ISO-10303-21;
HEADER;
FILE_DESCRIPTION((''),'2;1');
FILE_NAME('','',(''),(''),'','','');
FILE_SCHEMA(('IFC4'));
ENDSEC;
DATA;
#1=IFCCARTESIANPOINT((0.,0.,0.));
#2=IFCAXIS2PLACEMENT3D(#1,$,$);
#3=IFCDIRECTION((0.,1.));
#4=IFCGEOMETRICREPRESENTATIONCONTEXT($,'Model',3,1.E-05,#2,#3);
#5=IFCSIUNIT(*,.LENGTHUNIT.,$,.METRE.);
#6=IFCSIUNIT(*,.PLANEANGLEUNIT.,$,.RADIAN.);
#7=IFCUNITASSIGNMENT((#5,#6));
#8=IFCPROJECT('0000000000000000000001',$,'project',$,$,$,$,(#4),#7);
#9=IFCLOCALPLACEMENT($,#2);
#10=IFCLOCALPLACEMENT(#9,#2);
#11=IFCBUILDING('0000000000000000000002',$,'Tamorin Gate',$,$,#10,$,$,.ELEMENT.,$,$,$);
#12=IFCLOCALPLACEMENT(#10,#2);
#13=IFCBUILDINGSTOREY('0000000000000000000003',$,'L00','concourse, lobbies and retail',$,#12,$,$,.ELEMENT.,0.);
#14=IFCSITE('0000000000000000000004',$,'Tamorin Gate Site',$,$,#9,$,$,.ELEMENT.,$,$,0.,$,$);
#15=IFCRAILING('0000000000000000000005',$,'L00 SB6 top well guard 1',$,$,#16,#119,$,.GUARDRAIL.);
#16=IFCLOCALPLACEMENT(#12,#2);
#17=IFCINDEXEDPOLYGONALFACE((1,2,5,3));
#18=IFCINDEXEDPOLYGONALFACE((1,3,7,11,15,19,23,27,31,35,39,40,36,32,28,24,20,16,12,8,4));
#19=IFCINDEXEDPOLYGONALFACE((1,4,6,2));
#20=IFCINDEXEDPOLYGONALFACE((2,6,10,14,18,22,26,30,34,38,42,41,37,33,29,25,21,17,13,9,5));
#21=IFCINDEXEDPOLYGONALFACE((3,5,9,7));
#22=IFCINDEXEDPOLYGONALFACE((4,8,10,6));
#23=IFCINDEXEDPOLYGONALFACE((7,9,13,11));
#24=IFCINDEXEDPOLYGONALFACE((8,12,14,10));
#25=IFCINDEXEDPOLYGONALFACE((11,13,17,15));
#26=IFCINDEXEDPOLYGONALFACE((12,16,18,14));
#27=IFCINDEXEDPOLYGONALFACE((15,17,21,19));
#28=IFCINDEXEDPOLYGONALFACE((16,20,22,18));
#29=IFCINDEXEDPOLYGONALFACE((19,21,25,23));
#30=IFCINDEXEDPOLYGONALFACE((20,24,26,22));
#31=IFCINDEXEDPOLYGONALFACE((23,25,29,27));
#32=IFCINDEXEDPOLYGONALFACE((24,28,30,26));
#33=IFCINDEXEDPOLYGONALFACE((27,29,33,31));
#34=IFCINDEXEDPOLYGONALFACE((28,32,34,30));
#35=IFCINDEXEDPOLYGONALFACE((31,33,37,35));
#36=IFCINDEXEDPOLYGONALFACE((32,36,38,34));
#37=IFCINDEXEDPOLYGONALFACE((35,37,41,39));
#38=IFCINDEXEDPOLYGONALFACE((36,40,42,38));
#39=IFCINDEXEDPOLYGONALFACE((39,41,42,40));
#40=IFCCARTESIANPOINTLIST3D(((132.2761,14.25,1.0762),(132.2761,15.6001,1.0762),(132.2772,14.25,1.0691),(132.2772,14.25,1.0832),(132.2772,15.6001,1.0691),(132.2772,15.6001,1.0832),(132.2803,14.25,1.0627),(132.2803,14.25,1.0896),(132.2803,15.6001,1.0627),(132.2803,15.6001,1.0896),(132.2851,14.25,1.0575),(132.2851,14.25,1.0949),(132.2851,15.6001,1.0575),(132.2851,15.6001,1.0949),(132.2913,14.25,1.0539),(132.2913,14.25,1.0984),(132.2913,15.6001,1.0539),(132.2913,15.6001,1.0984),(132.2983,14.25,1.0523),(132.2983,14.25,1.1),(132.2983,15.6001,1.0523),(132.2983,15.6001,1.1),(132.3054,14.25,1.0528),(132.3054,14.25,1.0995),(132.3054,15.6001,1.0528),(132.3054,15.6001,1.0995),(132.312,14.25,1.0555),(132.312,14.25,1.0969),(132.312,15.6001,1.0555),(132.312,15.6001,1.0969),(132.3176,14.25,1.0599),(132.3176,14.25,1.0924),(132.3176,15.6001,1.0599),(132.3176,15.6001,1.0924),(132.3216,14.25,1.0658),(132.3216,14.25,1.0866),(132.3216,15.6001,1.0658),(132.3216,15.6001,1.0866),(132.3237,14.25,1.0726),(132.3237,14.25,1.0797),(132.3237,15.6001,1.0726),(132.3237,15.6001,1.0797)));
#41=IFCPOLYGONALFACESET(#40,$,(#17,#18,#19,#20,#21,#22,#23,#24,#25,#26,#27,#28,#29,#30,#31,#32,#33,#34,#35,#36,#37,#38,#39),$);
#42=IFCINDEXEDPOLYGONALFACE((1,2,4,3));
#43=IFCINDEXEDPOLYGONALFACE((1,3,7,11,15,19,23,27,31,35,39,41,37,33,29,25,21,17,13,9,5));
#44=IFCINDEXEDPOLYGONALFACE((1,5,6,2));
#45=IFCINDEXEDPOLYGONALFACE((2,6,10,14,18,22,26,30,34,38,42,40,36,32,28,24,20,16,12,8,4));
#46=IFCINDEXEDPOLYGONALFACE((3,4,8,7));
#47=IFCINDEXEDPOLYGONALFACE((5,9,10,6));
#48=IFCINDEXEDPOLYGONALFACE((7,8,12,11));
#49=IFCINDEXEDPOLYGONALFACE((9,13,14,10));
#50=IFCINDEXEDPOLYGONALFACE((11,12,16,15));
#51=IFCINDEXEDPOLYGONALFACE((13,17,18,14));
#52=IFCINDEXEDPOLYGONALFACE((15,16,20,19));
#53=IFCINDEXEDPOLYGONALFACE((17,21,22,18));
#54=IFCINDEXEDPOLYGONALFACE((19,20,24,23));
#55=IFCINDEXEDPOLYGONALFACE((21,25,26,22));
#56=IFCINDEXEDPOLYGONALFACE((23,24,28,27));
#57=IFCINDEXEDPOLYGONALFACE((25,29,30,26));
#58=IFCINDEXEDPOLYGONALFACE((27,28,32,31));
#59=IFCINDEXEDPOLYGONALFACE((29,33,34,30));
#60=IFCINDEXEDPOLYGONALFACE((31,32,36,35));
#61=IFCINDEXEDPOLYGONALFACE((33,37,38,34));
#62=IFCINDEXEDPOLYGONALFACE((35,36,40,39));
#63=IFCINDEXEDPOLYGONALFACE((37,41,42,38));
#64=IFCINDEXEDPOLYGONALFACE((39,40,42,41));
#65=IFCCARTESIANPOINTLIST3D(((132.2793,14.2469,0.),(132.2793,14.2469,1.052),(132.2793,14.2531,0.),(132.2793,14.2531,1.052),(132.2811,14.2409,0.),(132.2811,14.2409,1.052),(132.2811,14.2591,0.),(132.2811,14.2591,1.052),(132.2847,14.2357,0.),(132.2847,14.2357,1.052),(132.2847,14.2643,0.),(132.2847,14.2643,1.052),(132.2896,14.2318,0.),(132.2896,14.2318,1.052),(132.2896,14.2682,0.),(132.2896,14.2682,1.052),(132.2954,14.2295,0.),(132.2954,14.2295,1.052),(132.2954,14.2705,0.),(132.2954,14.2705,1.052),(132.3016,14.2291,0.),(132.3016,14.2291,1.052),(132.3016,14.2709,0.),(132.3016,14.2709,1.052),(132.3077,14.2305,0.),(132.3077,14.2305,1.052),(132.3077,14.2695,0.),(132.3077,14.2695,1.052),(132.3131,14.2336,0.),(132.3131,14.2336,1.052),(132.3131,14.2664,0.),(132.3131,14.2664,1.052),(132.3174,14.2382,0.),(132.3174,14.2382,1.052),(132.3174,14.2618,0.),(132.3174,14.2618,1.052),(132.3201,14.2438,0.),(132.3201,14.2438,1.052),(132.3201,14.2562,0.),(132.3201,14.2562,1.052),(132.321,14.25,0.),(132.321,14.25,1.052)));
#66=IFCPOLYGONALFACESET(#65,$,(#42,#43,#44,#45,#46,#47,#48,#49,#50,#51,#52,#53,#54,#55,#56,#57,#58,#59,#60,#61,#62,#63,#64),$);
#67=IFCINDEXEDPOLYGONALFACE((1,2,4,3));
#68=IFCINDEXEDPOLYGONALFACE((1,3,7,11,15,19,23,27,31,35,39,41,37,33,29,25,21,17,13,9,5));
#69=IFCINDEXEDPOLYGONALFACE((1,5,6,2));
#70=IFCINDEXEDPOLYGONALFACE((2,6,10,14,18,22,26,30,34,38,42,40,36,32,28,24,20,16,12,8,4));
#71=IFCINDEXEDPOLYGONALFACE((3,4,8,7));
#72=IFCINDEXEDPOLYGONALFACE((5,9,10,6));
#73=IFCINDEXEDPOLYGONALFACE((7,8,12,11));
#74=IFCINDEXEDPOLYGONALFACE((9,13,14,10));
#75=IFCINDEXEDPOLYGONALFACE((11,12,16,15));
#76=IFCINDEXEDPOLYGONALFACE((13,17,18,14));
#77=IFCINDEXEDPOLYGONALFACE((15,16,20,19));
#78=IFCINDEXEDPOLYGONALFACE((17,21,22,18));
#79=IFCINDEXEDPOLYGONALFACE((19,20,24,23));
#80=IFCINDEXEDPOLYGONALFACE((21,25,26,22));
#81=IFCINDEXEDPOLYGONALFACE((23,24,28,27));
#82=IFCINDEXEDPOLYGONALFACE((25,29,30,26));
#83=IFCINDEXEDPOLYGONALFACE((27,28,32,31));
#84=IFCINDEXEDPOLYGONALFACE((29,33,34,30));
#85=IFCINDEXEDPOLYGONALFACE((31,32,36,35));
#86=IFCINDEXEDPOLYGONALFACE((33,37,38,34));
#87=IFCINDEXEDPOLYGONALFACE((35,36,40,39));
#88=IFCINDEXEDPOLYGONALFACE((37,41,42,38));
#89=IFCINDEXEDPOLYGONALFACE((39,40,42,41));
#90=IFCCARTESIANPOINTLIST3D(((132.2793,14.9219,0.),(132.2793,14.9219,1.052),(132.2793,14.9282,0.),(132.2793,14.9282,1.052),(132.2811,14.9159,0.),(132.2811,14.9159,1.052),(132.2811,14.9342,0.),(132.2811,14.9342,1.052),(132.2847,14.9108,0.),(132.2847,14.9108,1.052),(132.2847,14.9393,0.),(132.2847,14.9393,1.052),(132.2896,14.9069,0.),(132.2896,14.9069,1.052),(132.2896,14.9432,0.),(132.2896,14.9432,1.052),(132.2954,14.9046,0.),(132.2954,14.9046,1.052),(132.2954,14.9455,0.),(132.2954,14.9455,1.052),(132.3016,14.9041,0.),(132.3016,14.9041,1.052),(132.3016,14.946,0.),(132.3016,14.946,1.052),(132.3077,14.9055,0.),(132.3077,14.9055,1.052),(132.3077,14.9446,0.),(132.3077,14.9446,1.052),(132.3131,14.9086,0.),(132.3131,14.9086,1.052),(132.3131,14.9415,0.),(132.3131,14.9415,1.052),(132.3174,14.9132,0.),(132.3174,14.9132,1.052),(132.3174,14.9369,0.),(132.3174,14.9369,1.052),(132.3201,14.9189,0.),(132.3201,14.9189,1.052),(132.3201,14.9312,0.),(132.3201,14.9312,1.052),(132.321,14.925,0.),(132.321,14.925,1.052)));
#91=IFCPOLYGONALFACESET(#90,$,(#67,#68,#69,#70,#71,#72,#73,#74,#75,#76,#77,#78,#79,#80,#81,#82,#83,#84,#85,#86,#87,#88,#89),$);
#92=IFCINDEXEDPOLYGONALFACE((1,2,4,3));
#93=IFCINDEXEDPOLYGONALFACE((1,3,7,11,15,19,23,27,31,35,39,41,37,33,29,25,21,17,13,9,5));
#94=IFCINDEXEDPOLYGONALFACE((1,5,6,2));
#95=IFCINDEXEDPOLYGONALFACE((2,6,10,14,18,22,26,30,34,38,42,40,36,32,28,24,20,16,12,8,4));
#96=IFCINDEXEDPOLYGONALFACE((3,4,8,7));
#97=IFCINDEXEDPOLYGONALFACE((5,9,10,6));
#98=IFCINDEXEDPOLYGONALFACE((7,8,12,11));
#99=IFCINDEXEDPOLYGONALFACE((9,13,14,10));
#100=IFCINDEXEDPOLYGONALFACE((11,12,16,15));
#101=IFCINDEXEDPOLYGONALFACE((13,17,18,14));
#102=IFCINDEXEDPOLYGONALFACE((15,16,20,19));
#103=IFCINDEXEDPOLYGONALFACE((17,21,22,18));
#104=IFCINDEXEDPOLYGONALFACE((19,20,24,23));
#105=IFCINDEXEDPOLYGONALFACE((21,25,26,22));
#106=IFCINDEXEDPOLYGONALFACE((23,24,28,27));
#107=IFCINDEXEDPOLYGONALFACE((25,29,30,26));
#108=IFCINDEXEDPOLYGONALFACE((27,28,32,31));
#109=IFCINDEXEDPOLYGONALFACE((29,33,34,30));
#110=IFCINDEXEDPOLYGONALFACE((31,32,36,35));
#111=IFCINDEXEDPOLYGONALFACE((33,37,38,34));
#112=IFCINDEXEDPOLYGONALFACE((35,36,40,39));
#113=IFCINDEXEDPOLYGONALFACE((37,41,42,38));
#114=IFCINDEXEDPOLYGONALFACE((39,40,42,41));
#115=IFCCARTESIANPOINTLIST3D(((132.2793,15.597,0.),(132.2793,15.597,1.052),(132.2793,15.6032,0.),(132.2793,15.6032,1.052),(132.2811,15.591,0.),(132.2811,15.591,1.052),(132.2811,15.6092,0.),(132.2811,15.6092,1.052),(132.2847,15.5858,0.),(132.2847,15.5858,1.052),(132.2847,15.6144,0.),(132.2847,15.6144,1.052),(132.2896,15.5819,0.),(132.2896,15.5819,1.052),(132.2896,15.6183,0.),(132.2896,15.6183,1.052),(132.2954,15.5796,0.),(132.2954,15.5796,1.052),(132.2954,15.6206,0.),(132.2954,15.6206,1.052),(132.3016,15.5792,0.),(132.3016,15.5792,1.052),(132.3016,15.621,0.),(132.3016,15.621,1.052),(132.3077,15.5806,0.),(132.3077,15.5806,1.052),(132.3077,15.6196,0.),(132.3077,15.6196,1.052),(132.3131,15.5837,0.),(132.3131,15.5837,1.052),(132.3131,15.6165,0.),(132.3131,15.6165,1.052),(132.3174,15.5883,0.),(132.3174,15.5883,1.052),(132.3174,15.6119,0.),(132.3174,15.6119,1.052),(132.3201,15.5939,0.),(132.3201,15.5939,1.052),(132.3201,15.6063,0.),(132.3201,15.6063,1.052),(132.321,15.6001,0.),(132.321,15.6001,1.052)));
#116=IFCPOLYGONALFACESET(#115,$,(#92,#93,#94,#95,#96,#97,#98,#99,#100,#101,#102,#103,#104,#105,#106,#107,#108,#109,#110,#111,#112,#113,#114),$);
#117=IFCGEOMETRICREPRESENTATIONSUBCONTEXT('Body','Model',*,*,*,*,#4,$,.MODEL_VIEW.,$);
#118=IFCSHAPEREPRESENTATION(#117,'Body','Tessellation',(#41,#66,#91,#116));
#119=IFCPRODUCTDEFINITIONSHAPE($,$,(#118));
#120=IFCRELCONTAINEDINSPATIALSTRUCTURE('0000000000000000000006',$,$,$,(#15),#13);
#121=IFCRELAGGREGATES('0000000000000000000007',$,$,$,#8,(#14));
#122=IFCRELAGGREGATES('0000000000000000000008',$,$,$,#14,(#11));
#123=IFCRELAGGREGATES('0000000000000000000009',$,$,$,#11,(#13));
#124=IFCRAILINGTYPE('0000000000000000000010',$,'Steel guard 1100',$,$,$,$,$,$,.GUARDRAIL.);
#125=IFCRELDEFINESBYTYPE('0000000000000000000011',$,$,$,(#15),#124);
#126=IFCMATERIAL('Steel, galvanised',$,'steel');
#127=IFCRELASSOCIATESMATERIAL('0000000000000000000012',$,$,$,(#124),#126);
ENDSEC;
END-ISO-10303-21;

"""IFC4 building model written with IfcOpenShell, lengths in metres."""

from ifc_helpers import new_model, si_unit, direction, frame, origin, origin_2d, place, context, subcontext, project, spatial, circle, extrude, material, type_object, element, save


model = new_model("IFC4")

# Units and contexts
model_context = context("Model", 3, precision=1e-05, world=origin(), true_north=direction((0.0, 1.0)))
body_context = subcontext(model_context, "Body", "Model", "MODEL_VIEW")
ifc_project = project(units=[si_unit("LENGTHUNIT", "METRE"), si_unit("PLANEANGLEUNIT", "RADIAN")], contexts=[model_context])

# Site, building, storey
site_placement = place(None, origin())
site = spatial("IfcSite", under=ifc_project, at=site_placement, Name="Tamorin Gate Site", CompositionType="ELEMENT", RefElevation=0.0)
building_placement = place(site_placement, origin())
building = spatial("IfcBuilding", under=site, at=building_placement, Name="Tamorin Gate", CompositionType="ELEMENT")
storey_placement = place(building_placement, origin())
storey = spatial("IfcBuildingStorey", under=building, at=storey_placement, Name="L00", Description="concourse, lobbies and retail", CompositionType="ELEMENT", Elevation=0.0)

# Railing
ifc_material_1 = material(Name="Steel, galvanised", Category="steel")
railing_type = type_object("IfcRailingType", Name="Steel guard 1100", PredefinedType="GUARDRAIL", material=ifc_material_1)
railing_1_placement = place(storey_placement, frame((132.3, 14.25, 0.0)))
element("IfcRailing", 1, at=railing_1_placement, inside=storey, type_object=railing_type, Name="L00 SB6 top well guard 1", PredefinedType="GUARDRAIL", context=body_context, shape_type="SweptSolid", body=[
    extrude(circle(Radius=0.0239, at=origin_2d()), frame((0.0, 0.0, 1.0762), z_axis=(0.0, 1.0, 0.0), x_axis=(-1.0, 0.0, 0.0)), (0.0, 0.0, 1.0), 1.3501),
    extrude(circle(Radius=0.021, at=origin_2d()), origin(), (0.0, 0.0, 1.0), 1.052),
    extrude(circle(Radius=0.021, at=origin_2d()), frame((0.0, 0.675, 0.0)), (0.0, 0.0, 1.0), 1.052),
    extrude(circle(Radius=0.021, at=origin_2d()), frame((0.0, 1.3501, 0.0)), (0.0, 0.0, 1.0), 1.052),
])

save(model, "model.ifc")
